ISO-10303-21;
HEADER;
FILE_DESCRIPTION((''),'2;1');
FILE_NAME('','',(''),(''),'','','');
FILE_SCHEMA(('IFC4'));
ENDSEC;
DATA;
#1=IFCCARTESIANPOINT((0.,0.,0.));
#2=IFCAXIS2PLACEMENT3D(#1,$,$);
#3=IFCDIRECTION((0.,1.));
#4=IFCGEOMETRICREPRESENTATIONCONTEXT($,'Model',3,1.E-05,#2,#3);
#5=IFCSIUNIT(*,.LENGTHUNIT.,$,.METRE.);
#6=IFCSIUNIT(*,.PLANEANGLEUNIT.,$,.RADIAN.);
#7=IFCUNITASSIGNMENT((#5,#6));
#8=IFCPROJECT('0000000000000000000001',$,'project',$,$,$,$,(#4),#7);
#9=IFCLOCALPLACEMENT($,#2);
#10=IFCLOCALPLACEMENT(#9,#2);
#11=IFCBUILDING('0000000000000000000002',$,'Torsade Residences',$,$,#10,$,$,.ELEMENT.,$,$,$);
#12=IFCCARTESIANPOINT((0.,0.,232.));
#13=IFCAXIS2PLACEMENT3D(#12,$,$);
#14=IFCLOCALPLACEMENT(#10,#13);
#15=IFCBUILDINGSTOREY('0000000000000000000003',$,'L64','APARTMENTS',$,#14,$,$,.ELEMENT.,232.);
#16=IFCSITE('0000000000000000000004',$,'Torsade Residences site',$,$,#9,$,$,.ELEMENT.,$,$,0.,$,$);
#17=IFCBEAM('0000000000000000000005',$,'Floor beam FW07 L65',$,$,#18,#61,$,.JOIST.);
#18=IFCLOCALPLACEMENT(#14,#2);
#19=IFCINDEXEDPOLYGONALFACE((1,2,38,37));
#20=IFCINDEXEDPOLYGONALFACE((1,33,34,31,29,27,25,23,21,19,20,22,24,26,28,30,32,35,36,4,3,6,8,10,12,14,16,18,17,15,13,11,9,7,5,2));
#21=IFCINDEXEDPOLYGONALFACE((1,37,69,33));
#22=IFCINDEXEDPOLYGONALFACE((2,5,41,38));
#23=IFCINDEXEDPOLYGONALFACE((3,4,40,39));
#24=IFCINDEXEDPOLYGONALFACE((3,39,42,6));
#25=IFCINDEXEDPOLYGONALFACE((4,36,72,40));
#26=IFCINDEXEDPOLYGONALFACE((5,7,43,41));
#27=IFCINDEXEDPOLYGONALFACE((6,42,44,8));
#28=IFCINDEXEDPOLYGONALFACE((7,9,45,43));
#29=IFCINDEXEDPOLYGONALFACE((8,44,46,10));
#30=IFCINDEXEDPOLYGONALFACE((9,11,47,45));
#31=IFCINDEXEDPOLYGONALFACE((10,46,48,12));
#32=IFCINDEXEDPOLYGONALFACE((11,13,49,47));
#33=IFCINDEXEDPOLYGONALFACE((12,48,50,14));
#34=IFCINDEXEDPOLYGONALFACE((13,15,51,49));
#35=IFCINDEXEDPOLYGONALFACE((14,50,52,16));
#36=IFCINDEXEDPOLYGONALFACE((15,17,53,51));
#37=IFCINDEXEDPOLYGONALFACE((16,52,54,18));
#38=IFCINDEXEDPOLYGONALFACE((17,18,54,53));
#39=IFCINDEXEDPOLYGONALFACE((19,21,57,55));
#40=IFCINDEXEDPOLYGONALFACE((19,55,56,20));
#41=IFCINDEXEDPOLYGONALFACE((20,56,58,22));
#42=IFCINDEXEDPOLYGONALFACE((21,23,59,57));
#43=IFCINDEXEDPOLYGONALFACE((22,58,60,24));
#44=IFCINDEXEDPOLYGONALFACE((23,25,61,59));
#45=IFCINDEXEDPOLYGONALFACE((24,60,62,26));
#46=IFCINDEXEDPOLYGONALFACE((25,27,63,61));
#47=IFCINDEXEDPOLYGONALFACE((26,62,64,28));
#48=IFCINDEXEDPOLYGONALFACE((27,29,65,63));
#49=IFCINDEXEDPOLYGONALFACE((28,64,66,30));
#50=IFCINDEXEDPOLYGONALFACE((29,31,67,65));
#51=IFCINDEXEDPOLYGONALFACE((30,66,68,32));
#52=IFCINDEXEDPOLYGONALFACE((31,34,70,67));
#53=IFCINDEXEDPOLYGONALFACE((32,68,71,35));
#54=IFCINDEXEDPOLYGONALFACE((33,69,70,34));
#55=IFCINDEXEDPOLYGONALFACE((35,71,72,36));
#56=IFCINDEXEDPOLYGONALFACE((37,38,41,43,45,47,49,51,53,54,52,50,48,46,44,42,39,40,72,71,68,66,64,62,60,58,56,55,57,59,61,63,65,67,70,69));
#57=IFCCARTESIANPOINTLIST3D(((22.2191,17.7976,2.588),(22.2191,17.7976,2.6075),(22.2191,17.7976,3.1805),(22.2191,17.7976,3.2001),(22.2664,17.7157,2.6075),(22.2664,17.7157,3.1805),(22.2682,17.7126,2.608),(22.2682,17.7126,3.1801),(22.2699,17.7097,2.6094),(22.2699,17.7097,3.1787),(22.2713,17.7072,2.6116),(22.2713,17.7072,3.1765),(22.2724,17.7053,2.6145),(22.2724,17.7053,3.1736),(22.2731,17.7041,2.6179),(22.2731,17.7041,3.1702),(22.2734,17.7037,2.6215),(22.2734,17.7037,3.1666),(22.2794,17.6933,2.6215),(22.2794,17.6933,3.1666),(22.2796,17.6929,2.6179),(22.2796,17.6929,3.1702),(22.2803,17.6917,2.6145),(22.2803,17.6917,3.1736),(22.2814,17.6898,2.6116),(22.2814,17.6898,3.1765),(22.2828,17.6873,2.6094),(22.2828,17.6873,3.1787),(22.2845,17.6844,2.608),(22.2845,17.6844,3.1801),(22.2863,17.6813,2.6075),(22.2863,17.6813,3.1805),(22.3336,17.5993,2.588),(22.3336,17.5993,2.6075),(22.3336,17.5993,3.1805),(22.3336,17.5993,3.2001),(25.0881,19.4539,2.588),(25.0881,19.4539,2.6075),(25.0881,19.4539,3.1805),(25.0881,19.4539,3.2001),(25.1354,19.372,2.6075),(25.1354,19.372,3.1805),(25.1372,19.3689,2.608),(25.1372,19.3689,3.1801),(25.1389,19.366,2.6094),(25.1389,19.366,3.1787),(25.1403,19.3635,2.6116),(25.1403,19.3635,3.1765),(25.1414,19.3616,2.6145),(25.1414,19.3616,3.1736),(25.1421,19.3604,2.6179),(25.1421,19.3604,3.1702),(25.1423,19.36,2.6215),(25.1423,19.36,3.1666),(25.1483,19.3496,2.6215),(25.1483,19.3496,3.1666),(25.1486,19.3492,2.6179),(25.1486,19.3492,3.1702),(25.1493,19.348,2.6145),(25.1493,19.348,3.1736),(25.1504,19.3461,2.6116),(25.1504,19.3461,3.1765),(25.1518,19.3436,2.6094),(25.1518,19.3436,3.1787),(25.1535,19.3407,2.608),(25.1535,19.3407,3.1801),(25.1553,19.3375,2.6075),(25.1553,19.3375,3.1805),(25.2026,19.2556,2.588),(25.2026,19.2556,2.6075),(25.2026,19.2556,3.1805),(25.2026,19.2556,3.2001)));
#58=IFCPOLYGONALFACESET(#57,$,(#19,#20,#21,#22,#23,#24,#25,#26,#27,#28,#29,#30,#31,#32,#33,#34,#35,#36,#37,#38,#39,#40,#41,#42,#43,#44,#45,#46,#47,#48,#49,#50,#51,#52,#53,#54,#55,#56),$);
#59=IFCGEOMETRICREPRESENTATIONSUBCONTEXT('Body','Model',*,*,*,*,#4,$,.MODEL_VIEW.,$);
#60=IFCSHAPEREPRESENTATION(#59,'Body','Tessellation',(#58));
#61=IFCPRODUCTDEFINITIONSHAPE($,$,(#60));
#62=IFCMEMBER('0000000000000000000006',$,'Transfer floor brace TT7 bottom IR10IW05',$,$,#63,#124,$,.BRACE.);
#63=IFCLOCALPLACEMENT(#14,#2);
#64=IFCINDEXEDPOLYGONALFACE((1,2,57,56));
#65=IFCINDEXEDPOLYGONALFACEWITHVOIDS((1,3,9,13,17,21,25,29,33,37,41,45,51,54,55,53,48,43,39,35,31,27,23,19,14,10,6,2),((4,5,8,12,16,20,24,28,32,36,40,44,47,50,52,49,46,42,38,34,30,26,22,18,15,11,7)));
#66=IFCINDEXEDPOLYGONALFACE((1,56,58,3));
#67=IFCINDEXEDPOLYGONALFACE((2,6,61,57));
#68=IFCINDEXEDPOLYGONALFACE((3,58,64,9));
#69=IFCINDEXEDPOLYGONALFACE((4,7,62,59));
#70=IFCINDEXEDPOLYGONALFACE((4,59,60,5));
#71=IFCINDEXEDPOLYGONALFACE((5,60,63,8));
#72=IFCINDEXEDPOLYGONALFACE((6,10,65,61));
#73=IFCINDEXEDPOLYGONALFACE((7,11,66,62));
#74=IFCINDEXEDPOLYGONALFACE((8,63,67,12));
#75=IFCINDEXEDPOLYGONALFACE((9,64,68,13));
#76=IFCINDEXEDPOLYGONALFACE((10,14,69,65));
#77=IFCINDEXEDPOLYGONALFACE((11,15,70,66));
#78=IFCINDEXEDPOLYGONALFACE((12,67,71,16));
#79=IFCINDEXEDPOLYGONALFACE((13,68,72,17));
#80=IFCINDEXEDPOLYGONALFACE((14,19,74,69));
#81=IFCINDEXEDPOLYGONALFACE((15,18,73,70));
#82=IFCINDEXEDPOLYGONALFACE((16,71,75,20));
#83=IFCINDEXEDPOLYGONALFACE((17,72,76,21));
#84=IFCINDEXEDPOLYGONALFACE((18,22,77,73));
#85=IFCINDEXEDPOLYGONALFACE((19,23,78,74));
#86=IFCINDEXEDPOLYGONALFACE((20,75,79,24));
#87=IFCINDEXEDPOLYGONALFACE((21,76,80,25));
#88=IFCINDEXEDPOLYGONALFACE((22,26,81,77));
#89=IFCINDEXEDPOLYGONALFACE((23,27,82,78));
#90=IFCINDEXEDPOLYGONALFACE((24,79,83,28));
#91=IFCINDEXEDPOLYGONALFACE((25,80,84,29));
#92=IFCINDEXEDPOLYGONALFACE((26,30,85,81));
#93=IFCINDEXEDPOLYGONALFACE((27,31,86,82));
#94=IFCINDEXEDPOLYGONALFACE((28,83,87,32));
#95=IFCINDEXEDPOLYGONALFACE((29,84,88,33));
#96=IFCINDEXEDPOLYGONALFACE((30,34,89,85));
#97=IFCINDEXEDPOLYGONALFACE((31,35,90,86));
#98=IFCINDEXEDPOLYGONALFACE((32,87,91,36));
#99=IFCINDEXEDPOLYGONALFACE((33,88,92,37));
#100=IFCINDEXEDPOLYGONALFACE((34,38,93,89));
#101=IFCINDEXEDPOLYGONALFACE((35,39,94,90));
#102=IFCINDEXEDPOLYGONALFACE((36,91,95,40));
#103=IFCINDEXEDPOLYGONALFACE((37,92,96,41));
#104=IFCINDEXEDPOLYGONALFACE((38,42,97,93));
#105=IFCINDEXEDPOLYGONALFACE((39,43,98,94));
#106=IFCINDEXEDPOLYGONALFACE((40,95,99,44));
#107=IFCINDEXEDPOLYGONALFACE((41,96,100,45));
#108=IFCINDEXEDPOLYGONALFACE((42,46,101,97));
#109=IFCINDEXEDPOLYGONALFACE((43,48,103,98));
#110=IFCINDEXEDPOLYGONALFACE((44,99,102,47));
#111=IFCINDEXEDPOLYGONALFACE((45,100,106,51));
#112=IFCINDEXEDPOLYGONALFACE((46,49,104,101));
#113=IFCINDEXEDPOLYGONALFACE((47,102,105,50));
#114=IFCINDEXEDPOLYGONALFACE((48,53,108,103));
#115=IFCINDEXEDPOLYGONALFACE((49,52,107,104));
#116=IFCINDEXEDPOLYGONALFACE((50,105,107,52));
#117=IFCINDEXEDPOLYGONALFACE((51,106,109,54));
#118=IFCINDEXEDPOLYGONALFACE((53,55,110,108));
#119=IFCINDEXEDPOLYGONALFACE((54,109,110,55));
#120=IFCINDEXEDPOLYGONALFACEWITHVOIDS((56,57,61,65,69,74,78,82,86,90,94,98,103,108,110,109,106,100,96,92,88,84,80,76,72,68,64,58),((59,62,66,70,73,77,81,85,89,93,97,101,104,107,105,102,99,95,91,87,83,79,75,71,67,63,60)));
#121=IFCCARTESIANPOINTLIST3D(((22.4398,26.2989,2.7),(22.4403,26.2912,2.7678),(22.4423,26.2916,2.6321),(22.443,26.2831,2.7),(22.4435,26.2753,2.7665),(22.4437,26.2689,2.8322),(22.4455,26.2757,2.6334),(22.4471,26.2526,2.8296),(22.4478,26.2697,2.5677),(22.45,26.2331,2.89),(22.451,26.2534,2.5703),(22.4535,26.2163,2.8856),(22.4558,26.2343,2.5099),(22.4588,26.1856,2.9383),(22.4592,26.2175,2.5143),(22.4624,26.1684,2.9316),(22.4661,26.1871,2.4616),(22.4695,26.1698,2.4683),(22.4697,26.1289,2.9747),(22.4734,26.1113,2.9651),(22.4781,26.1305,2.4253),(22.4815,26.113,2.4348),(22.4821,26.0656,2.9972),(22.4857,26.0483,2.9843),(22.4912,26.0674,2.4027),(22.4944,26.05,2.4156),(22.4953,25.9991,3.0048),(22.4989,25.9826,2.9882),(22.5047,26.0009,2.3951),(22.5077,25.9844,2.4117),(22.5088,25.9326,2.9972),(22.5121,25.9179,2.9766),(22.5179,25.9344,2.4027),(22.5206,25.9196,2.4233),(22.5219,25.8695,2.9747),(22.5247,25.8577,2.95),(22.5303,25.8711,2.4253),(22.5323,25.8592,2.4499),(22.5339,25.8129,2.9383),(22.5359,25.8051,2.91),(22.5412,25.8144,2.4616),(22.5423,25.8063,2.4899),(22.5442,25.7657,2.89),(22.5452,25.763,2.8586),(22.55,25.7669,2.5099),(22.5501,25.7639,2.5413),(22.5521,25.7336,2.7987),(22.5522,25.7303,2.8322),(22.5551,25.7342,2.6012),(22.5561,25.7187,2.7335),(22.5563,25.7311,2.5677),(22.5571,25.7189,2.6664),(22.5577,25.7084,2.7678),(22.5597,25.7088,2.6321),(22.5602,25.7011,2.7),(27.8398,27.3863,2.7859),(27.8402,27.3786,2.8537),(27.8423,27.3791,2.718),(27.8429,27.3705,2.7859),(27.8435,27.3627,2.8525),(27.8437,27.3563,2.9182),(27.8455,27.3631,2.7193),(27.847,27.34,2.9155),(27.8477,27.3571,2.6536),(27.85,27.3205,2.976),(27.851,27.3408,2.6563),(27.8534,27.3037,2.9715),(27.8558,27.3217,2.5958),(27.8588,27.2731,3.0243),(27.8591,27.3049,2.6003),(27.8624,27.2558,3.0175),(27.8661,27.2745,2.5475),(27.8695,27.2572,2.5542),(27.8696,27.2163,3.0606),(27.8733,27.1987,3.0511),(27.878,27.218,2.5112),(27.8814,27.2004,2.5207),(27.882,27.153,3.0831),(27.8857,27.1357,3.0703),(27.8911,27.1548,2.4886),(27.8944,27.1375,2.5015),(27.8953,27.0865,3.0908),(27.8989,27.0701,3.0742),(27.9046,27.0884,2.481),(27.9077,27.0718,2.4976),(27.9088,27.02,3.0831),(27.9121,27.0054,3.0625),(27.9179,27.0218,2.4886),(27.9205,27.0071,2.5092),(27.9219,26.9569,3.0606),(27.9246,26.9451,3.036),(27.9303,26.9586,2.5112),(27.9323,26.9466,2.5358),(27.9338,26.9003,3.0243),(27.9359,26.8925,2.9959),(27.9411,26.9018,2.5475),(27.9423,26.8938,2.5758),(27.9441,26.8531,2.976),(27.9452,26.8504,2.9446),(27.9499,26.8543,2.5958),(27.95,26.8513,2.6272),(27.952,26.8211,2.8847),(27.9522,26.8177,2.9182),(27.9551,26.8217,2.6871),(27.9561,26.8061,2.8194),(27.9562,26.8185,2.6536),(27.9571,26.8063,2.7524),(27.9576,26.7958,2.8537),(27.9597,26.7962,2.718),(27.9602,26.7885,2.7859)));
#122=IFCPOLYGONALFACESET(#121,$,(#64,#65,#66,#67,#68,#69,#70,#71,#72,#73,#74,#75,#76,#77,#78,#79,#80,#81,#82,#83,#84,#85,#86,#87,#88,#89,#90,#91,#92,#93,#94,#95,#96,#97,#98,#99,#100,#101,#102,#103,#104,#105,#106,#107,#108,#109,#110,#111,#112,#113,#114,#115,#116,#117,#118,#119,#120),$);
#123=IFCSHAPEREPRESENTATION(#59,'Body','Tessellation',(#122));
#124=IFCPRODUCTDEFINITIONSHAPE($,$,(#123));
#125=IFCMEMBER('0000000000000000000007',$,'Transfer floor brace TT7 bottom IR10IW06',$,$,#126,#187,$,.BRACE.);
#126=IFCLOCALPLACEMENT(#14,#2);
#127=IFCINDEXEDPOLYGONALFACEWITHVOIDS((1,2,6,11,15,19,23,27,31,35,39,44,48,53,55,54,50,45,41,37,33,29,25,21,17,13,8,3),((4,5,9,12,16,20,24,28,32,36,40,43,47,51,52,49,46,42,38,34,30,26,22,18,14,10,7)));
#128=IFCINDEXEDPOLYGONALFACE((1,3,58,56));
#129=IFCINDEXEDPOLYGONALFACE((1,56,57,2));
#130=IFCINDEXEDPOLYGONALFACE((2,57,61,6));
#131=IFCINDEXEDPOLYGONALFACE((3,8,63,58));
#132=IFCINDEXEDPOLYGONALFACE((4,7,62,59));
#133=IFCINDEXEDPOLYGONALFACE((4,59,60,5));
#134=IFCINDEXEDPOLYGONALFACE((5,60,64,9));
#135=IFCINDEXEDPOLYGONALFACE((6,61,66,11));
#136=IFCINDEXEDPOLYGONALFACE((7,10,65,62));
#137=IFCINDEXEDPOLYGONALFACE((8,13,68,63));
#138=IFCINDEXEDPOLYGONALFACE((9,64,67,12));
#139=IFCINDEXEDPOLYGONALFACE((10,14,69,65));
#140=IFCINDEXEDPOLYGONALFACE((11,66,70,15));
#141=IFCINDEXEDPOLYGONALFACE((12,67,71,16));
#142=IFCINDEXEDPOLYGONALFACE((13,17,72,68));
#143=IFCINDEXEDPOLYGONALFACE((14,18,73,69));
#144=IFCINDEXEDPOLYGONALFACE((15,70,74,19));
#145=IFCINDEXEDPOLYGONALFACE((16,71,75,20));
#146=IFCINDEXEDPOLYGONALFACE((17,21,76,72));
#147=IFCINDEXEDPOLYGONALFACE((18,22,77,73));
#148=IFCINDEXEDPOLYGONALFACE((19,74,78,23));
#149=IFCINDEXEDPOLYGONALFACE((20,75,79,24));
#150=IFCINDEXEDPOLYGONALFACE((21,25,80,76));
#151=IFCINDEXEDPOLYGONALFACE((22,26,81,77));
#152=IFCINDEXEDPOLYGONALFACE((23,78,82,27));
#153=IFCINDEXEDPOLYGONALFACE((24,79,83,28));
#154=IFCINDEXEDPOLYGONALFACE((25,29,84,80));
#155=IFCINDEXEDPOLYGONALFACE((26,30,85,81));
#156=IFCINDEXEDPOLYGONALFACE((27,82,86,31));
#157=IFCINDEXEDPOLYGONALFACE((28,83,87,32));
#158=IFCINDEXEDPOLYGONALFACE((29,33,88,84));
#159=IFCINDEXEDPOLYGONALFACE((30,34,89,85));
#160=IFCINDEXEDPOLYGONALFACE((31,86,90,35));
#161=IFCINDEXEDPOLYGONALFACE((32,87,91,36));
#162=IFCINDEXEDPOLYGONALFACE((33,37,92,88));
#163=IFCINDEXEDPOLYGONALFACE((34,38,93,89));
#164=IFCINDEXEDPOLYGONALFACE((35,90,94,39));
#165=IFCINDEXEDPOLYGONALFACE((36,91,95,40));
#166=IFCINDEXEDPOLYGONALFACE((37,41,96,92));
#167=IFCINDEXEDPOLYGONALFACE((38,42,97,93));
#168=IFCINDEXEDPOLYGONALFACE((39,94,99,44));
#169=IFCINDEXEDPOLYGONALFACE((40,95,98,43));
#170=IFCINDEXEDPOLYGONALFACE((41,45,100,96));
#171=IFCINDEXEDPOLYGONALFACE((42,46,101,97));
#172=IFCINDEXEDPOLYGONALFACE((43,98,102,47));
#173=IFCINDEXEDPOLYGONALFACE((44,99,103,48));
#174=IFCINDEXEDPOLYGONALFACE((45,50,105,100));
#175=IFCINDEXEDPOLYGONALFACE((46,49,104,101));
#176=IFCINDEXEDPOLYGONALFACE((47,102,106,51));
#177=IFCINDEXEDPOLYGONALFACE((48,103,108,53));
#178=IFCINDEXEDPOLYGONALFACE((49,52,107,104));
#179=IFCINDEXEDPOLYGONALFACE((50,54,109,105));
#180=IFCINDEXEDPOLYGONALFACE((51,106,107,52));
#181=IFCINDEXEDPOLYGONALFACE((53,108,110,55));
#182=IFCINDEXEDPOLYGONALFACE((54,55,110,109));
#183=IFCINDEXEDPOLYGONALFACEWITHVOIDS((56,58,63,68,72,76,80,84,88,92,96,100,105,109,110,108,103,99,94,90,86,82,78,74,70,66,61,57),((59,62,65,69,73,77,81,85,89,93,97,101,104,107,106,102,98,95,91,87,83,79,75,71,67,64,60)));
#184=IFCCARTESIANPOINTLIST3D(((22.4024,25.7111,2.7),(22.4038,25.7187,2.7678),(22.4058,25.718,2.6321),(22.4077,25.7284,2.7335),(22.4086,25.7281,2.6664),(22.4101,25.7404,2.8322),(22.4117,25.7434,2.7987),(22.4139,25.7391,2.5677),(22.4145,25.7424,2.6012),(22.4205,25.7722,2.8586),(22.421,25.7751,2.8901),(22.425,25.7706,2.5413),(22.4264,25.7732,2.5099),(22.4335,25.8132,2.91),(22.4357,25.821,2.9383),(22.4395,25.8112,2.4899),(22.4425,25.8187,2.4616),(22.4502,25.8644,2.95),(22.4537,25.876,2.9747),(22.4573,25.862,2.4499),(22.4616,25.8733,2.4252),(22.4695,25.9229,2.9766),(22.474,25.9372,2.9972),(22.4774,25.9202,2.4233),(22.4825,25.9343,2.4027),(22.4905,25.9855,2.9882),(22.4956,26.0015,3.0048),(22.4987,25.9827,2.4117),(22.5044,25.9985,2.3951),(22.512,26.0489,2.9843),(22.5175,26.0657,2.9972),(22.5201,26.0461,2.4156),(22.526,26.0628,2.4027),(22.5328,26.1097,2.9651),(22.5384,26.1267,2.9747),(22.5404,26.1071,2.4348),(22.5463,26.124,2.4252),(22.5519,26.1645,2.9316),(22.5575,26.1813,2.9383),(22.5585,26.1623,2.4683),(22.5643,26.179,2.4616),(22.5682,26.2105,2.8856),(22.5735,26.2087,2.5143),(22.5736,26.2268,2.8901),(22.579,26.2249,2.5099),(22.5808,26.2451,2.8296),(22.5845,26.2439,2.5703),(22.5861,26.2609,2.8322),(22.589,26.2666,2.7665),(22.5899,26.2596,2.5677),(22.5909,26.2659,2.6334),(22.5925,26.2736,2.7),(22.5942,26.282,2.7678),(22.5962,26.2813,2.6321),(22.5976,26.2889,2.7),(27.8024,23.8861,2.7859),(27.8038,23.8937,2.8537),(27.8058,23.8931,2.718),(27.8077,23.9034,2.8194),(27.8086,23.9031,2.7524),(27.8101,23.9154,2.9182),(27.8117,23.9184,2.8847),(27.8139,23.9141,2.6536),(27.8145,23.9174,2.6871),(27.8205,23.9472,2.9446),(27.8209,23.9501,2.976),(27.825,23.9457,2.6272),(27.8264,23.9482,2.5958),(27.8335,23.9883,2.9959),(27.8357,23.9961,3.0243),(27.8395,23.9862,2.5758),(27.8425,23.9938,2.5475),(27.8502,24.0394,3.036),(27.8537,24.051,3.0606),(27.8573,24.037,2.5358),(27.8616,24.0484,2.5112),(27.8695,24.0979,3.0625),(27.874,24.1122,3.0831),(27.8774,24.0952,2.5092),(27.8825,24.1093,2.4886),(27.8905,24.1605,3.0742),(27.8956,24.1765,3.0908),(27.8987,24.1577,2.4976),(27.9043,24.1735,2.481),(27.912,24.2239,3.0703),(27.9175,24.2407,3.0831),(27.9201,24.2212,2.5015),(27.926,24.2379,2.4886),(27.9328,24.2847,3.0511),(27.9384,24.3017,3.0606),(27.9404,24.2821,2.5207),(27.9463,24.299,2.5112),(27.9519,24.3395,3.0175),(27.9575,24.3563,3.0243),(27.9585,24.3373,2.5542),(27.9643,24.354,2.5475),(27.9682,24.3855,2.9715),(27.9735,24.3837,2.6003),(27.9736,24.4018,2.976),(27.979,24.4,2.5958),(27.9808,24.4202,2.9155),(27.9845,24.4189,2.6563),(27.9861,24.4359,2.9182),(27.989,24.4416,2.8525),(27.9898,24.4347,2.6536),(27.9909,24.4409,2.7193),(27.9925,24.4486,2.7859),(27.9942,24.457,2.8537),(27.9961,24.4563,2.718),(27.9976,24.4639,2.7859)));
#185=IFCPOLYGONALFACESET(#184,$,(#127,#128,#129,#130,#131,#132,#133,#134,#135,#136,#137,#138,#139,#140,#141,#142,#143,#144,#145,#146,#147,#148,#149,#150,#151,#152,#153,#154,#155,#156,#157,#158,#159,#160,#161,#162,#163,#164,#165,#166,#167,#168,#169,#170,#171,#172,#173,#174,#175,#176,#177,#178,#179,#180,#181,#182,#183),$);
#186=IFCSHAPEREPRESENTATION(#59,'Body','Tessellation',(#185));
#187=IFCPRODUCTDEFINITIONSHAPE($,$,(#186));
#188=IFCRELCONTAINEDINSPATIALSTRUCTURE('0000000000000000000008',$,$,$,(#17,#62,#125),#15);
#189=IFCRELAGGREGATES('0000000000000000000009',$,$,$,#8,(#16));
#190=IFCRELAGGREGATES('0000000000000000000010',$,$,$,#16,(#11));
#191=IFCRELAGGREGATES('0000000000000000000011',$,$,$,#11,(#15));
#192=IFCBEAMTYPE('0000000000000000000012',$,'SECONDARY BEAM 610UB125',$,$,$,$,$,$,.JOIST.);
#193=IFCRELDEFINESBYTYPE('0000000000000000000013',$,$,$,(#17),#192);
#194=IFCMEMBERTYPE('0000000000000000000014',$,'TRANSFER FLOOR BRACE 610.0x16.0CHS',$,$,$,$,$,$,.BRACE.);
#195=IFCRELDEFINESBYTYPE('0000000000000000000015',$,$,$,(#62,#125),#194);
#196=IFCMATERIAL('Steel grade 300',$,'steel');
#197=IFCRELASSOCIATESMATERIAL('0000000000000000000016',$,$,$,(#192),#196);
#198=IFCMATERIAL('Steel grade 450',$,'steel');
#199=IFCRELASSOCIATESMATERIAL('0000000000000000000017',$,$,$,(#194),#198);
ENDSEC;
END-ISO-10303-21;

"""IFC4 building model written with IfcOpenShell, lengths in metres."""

from ifc_helpers import new_model, si_unit, direction, frame, origin, origin_2d, place, context, subcontext, project, spatial, hollow_circle, i_section, extrude, material, material_profile, profile_set, type_object, element, save


model = new_model("IFC4")

# Units and contexts
model_context = context("Model", 3, precision=1e-05, world=origin(), true_north=direction((0.0, 1.0)))
body_context = subcontext(model_context, "Body", "Model", "MODEL_VIEW")
ifc_project = project(units=[si_unit("LENGTHUNIT", "METRE"), si_unit("PLANEANGLEUNIT", "RADIAN")], contexts=[model_context])

# Site, building, storey
site_placement = place(None, origin())
site = spatial("IfcSite", under=ifc_project, at=site_placement, Name="Torsade Residences site", CompositionType="ELEMENT", RefElevation=0.0)
building_placement = place(site_placement, origin())
building = spatial("IfcBuilding", under=site, at=building_placement, Name="Torsade Residences", CompositionType="ELEMENT")
storey_placement = place(building_placement, frame((0.0, 0.0, 232.0)))
storey = spatial("IfcBuildingStorey", under=building, at=storey_placement, Name="L64", Description="APARTMENTS", CompositionType="ELEMENT", Elevation=232.0)

# Beam
ifc_material_1 = material(Name="Steel grade 300", Category="steel")
ifc_material_profile_1 = material_profile(ifc_material_1, i_section(OverallWidth=0.229, OverallDepth=0.6121, WebThickness=0.012, FlangeThickness=0.0195, FilletRadius=0.0139, at=origin_2d()), Name="610UB125")
ifc_profile_set_1 = profile_set([ifc_material_profile_1], Name="Steel grade 300")
beam_type_1 = type_object("IfcBeamType", Name="SECONDARY BEAM 610UB125", PredefinedType="JOIST", material=ifc_profile_set_1)
beam_1_placement = place(storey_placement, frame((22.2764, 17.6985, 2.894), z_axis=(0.86604, 0.499976, 0.0), x_axis=(-0.499976, 0.86604, 0.0)))
element("IfcBeam", 1, at=beam_1_placement, inside=storey, type_object=beam_type_1, Name="Floor beam FW07 L65", PredefinedType="JOIST", context=body_context, shape_type="SweptSolid", body=[
    extrude(i_section(OverallWidth=0.229, OverallDepth=0.6121, WebThickness=0.012, FlangeThickness=0.0195, FilletRadius=0.0139, at=origin_2d()), origin(), (0.0, 0.0, 1.0), 3.3127),
])

# Members
ifc_material_2 = material(Name="Steel grade 450", Category="steel")
ifc_material_profile_2 = material_profile(ifc_material_2, hollow_circle(Radius=0.3049, WallThickness=0.0161, at=origin_2d()), Name="610.0x16.0CHS")
ifc_profile_set_2 = profile_set([ifc_material_profile_2], Name="Steel grade 450")
member_type_1 = type_object("IfcMemberType", Name="TRANSFER FLOOR BRACE 610.0x16.0CHS", PredefinedType="BRACE", material=ifc_profile_set_2)
member_1_placement = place(storey_placement, frame((22.5, 26.0, 2.7), z_axis=(0.980201, 0.197388, 0.0156), x_axis=(-0.197412, 0.980321, 0.0)))
element("IfcMember", 2, at=member_1_placement, inside=storey, type_object=member_type_1, Name="Transfer floor brace TT7 bottom IR10IW05", PredefinedType="BRACE", context=body_context, shape_type="SweptSolid", body=[
    extrude(hollow_circle(Radius=0.3049, WallThickness=0.0161, at=origin_2d()), origin(), (0.0, 0.0, 1.0), 5.509),
])
member_2_placement = place(storey_placement, frame((22.5, 26.0, 2.7), z_axis=(0.947252, -0.320133, 0.015075), x_axis=(0.32017, 0.94736, 0.0)))
element("IfcMember", 3, at=member_2_placement, inside=storey, type_object=member_type_1, Name="Transfer floor brace TT7 bottom IR10IW06", PredefinedType="BRACE", context=body_context, shape_type="SweptSolid", body=[
    extrude(hollow_circle(Radius=0.3049, WallThickness=0.0161, at=origin_2d()), origin(), (0.0, 0.0, 1.0), 5.7007),
])

save(model, "model.ifc")
